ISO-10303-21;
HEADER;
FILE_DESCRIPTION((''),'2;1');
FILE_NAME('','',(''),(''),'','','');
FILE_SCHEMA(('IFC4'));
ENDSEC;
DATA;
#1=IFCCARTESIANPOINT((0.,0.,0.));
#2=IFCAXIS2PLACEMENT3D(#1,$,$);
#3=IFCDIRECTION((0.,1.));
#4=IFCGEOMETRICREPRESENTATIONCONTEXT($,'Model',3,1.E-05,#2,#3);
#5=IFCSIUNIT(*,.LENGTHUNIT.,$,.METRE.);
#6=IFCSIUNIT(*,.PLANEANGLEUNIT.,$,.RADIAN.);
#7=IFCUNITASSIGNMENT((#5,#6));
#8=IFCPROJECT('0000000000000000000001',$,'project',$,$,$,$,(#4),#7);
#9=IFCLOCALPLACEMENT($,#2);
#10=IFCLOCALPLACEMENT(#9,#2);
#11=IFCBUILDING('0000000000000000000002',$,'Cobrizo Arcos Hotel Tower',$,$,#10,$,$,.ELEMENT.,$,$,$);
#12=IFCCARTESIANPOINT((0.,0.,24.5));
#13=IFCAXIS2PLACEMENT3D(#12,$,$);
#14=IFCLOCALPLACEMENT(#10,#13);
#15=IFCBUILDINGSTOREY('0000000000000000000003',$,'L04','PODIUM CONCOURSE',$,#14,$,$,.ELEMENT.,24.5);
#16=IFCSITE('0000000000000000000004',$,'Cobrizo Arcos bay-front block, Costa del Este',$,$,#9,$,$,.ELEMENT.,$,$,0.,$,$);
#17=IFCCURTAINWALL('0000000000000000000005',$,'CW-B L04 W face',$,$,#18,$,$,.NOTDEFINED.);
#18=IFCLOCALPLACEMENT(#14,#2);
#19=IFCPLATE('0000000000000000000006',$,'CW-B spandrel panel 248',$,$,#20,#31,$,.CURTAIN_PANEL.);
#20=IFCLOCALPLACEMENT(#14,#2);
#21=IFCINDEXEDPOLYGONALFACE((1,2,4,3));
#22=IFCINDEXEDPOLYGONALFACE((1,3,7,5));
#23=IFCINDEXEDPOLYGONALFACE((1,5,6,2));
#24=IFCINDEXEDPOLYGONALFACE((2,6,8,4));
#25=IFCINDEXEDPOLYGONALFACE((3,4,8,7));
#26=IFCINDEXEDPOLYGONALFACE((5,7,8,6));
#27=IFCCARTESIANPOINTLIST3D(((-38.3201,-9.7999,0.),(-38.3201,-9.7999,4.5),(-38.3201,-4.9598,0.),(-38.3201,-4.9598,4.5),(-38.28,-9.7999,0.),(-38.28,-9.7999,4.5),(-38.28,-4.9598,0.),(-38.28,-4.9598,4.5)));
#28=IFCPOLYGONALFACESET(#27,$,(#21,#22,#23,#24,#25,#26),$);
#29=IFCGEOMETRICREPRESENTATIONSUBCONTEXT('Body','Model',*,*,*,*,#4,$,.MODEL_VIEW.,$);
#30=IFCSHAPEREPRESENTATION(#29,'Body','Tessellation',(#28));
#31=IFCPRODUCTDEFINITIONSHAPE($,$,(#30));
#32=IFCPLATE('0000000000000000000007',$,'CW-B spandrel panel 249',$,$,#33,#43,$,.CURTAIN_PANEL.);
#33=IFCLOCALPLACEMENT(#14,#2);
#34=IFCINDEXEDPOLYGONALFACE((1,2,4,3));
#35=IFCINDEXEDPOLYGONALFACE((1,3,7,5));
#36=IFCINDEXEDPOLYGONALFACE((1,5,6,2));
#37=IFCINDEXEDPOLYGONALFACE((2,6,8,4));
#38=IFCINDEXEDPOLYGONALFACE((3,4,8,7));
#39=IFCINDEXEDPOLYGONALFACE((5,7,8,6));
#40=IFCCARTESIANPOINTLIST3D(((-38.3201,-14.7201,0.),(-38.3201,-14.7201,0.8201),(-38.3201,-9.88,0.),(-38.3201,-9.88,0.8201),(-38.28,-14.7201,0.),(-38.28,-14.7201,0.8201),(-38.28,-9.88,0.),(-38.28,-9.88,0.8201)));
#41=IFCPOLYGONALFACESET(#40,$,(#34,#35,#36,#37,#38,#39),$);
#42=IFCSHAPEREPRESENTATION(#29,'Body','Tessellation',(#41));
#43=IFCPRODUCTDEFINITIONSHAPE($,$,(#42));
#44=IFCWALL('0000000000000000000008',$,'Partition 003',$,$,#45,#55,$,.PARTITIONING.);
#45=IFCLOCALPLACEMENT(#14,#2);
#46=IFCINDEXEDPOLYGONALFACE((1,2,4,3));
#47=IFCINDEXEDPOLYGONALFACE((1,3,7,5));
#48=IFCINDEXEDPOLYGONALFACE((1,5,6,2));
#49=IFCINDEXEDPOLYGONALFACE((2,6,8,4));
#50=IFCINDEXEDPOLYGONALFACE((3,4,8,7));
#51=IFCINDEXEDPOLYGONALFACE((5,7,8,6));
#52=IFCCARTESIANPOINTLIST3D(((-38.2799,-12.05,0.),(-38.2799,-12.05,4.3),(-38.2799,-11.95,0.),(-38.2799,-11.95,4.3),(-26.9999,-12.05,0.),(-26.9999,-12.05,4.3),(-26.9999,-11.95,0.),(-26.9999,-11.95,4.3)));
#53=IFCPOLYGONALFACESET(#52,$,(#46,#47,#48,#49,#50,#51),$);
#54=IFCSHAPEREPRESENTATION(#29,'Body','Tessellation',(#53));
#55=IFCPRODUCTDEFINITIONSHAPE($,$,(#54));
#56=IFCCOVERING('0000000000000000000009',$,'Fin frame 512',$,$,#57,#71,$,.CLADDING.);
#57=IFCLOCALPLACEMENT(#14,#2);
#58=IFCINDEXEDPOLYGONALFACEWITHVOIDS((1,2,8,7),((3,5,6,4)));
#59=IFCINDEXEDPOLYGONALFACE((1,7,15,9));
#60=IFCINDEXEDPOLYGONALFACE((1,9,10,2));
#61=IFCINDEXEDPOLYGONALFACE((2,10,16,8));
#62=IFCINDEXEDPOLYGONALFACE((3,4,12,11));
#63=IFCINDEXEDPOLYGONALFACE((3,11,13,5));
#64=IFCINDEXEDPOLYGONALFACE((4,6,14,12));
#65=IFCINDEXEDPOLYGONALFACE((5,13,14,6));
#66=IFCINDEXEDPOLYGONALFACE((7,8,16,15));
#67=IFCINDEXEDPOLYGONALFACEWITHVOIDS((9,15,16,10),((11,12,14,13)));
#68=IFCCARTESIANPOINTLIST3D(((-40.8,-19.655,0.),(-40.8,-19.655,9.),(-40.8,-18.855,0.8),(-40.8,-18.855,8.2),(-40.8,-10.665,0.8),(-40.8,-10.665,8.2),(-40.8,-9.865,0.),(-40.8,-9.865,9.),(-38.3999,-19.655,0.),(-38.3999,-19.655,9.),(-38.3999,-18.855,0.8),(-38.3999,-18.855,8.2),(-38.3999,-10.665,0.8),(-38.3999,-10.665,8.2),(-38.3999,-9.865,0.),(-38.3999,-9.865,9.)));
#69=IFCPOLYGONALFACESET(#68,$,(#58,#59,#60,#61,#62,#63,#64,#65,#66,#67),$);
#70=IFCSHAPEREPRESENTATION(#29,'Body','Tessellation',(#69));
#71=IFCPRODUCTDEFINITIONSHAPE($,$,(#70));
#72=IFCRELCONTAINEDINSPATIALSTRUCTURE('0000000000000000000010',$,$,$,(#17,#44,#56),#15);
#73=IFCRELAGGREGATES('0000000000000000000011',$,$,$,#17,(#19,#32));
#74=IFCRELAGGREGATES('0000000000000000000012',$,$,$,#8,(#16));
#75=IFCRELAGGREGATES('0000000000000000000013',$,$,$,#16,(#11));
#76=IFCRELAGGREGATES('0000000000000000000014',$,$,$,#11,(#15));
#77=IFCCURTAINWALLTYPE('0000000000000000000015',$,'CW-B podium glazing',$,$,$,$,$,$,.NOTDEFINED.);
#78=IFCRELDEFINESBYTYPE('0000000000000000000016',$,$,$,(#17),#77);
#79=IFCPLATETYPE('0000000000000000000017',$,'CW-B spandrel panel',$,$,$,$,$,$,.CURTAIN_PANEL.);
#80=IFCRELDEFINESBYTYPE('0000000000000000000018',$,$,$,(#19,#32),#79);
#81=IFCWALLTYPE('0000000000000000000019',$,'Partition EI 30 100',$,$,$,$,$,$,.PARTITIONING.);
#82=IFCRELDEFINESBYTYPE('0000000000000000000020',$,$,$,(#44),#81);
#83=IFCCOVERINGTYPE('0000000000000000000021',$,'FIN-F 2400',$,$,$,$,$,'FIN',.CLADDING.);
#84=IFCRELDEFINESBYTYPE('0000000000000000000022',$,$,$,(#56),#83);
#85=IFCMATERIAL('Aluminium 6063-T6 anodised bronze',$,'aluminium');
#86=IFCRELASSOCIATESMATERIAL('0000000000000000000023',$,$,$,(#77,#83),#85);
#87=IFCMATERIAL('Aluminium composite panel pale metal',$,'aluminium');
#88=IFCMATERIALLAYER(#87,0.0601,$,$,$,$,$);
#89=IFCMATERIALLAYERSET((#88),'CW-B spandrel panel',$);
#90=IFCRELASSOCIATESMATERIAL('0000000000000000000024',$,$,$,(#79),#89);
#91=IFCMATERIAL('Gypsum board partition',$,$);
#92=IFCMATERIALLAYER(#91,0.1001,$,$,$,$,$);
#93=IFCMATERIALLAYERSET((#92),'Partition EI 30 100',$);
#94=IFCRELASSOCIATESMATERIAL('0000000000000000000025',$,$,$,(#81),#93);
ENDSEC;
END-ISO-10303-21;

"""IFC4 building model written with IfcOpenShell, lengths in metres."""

from ifc_helpers import new_model, si_unit, direction, frame, frame_2d, origin, origin_2d, place, context, subcontext, project, spatial, polyline, rectangle, outline, extrude, material, layer, layer_set, type_object, element, aggregate, save


model = new_model("IFC4")

# Units and contexts
model_context = context("Model", 3, precision=1e-05, world=origin(), true_north=direction((0.0, 1.0)))
body_context = subcontext(model_context, "Body", "Model", "MODEL_VIEW")
ifc_project = project(units=[si_unit("LENGTHUNIT", "METRE"), si_unit("PLANEANGLEUNIT", "RADIAN")], contexts=[model_context])

# Site, building, storey
site_placement = place(None, origin())
site = spatial("IfcSite", under=ifc_project, at=site_placement, Name="Cobrizo Arcos bay-front block, Costa del Este", CompositionType="ELEMENT", RefElevation=0.0)
building_placement = place(site_placement, origin())
building = spatial("IfcBuilding", under=site, at=building_placement, Name="Cobrizo Arcos Hotel Tower", CompositionType="ELEMENT")
storey_placement = place(building_placement, frame((0.0, 0.0, 24.5)))
storey = spatial("IfcBuildingStorey", under=building, at=storey_placement, Name="L04", Description="PODIUM CONCOURSE", CompositionType="ELEMENT", Elevation=24.5)

# Curtain wall
ifc_material_1 = material(Name="Aluminium 6063-T6 anodised bronze", Category="aluminium")
curtain_wall_type = type_object("IfcCurtainWallType", Name="CW-B podium glazing", PredefinedType="NOTDEFINED", material=ifc_material_1)
curtain_wall_placement = place(storey_placement, origin())
curtain_wall = element("IfcCurtainWall", 1, at=curtain_wall_placement, inside=storey, type_object=curtain_wall_type, Name="CW-B L04 W face", PredefinedType="NOTDEFINED")

# Plates
ifc_material_2 = material(Name="Aluminium composite panel pale metal", Category="aluminium")
ifc_layer_1 = layer(ifc_material_2, 0.0601)
ifc_layer_set_1 = layer_set([ifc_layer_1], Name="CW-B spandrel panel")
plate_type_1 = type_object("IfcPlateType", Name="CW-B spandrel panel", PredefinedType="CURTAIN_PANEL", material=ifc_layer_set_1)
plate_1_placement = place(storey_placement, frame((-38.3, -7.3799, 0.0), z_axis=(0.0, 0.0, 1.0), x_axis=(0.0, -1.0, 0.0)))
plate_1 = element("IfcPlate", 2, at=plate_1_placement, type_object=plate_type_1, Name="CW-B spandrel panel 248", PredefinedType="CURTAIN_PANEL", context=body_context, shape_type="SweptSolid", body=[
    extrude(rectangle(XDim=4.8401, YDim=0.04, at=origin_2d()), origin(), (0.0, 0.0, 1.0), 4.5),
])
plate_2_placement = place(storey_placement, frame((-38.3, -12.3, 0.0), z_axis=(0.0, 0.0, 1.0), x_axis=(0.0, -1.0, 0.0)))
plate_2 = element("IfcPlate", 3, at=plate_2_placement, type_object=plate_type_1, Name="CW-B spandrel panel 249", PredefinedType="CURTAIN_PANEL", context=body_context, shape_type="SweptSolid", body=[
    extrude(rectangle(XDim=4.8401, YDim=0.04, at=origin_2d()), origin(), (0.0, 0.0, 1.0), 0.8201),
])
aggregate(curtain_wall, [plate_1, plate_2])

# Wall
ifc_material_3 = material(Name="Gypsum board partition")
ifc_layer_2 = layer(ifc_material_3, 0.1001)
ifc_layer_set_2 = layer_set([ifc_layer_2], Name="Partition EI 30 100")
wall_type = type_object("IfcWallType", Name="Partition EI 30 100", PredefinedType="PARTITIONING", material=ifc_layer_set_2)
wall_placement = place(storey_placement, frame((-38.28, -12.0, 0.0), z_axis=(0.0, 0.0, 1.0), x_axis=(1.0, 0.0, 0.0)))
element("IfcWall", 4, at=wall_placement, inside=storey, type_object=wall_type, Name="Partition 003", PredefinedType="PARTITIONING", context=body_context, shape_type="SweptSolid", body=[
    extrude(rectangle(XDim=11.28, YDim=0.1001, at=frame_2d((5.6401, 0.0))), origin(), (0.0, 0.0, 1.0), 4.3),
])

# Covering
covering_type = type_object("IfcCoveringType", Name="FIN-F 2400", ElementType="FIN", PredefinedType="CLADDING", material=ifc_material_1)
covering_placement = place(storey_placement, frame((-38.3999, -9.865, 0.0), z_axis=(-1.0, 0.0, 0.0), x_axis=(0.0, -1.0, 0.0)))
element("IfcCovering", 5, at=covering_placement, inside=storey, type_object=covering_type, Name="Fin frame 512", PredefinedType="CLADDING", context=body_context, shape_type="SweptSolid", body=[
    extrude(outline(polyline([(0.0, 9.0), (0.0, 0.0), (9.79, 0.0), (9.79, 9.0), (0.0, 9.0)]), holes=[polyline([(8.99, 0.8), (0.8, 0.8), (0.8, 8.2), (8.99, 8.2), (8.99, 0.8)])]), origin(), (0.0, 0.0, 1.0), 2.4001),
])

save(model, "model.ifc")
